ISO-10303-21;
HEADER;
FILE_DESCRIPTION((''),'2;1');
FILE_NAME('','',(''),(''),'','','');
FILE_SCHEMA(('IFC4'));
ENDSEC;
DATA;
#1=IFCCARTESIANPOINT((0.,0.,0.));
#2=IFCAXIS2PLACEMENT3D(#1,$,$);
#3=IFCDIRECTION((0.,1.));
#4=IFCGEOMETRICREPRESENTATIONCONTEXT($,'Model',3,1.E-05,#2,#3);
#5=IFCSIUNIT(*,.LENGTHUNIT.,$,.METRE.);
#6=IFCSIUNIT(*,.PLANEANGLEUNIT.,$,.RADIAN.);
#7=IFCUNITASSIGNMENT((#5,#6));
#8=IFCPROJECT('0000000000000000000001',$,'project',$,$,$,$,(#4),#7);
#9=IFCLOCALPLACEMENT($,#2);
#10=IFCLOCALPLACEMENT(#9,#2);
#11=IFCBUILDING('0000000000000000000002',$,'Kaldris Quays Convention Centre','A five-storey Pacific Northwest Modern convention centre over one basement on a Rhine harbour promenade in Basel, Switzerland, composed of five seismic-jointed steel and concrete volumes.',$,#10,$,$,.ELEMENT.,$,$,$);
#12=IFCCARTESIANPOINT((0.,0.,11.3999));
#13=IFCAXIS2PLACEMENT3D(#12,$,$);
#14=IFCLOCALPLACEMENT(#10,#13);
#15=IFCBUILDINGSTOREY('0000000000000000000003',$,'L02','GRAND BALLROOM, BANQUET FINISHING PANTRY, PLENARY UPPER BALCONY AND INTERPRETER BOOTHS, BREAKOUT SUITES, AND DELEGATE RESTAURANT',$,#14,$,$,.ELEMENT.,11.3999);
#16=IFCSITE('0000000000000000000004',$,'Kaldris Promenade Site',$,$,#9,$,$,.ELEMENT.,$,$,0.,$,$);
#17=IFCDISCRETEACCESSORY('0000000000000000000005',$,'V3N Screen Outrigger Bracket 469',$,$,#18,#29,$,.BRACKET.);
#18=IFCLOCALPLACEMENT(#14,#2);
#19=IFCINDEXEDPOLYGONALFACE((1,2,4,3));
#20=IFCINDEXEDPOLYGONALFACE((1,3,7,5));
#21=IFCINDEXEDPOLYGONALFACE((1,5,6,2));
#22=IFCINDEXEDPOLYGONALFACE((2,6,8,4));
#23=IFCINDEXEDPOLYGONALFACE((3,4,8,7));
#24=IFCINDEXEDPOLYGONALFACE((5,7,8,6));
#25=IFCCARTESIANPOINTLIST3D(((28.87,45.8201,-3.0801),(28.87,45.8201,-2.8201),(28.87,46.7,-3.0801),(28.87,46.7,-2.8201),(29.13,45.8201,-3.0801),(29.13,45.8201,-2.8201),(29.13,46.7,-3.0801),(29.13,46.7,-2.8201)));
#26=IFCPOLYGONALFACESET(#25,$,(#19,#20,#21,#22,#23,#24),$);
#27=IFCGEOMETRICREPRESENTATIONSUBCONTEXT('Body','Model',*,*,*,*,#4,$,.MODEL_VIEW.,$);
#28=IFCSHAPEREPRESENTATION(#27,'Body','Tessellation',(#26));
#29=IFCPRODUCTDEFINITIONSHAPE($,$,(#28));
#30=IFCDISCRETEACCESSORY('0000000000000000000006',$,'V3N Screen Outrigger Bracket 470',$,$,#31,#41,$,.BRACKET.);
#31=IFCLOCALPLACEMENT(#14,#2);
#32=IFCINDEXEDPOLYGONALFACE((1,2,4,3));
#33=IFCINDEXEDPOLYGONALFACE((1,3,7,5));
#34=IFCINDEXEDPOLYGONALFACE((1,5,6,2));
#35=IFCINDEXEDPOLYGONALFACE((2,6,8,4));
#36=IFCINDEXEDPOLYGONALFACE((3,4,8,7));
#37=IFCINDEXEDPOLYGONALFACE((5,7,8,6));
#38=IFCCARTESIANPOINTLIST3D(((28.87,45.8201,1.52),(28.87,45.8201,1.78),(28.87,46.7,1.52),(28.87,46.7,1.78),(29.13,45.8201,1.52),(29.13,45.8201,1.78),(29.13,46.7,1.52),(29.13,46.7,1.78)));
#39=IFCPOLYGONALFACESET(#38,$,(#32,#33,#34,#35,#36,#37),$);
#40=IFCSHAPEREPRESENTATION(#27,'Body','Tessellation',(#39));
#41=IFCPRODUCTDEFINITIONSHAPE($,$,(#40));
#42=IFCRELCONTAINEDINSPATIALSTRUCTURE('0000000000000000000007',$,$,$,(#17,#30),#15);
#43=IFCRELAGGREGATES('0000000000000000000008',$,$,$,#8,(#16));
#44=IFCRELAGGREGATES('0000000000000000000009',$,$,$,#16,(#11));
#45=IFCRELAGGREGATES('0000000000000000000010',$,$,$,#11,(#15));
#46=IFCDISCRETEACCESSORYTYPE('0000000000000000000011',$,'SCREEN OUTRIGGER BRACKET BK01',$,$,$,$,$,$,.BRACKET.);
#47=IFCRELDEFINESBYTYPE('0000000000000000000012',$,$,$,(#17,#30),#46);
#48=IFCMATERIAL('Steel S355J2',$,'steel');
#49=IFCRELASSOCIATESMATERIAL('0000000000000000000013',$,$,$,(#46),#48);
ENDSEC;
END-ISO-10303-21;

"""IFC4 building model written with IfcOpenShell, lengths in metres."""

from ifc_helpers import new_model, si_unit, direction, frame, origin, origin_2d, place, context, subcontext, project, spatial, rectangle, extrude, material, type_object, element, save


model = new_model("IFC4")

# Units and contexts
model_context = context("Model", 3, precision=1e-05, world=origin(), true_north=direction((0.0, 1.0)))
body_context = subcontext(model_context, "Body", "Model", "MODEL_VIEW")
ifc_project = project(units=[si_unit("LENGTHUNIT", "METRE"), si_unit("PLANEANGLEUNIT", "RADIAN")], contexts=[model_context])

# Site, building, storey
site_placement = place(None, origin())
site = spatial("IfcSite", under=ifc_project, at=site_placement, Name="Kaldris Promenade Site", CompositionType="ELEMENT", RefElevation=0.0)
building_placement = place(site_placement, origin())
building = spatial("IfcBuilding", under=site, at=building_placement, Name="Kaldris Quays Convention Centre", Description="A five-storey Pacific Northwest Modern convention centre over one basement on a Rhine harbour promenade in Basel, Switzerland, composed of five seismic-jointed steel and concrete volumes.", CompositionType="ELEMENT")
storey_placement = place(building_placement, frame((0.0, 0.0, 11.3999)))
storey = spatial("IfcBuildingStorey", under=building, at=storey_placement, Name="L02", Description="GRAND BALLROOM, BANQUET FINISHING PANTRY, PLENARY UPPER BALCONY AND INTERPRETER BOOTHS, BREAKOUT SUITES, AND DELEGATE RESTAURANT", CompositionType="ELEMENT", Elevation=11.3999)

# Shared definitions
ifc_material_1 = material(Name="Steel S355J2", Category="steel")

# Discrete accessories
discrete_accessory_type = type_object("IfcDiscreteAccessoryType", Name="SCREEN OUTRIGGER BRACKET BK01", PredefinedType="BRACKET", material=ifc_material_1)
for number, where, z_axis, x_axis, name in (
    (1, (29.0, 46.26, -3.0801), (0.0, 0.0, 1.0), (1.0, 0.0, 0.0), "V3N Screen Outrigger Bracket 469"),
    (2, (29.0, 46.26, 1.52), (0.0, 0.0, 1.0), (1.0, 0.0, 0.0), "V3N Screen Outrigger Bracket 470"),
):
    element("IfcDiscreteAccessory", number, at=place(storey_placement, frame(where, z_axis=z_axis, x_axis=x_axis)), inside=storey, type_object=discrete_accessory_type, Name=name, PredefinedType="BRACKET", context=body_context, shape_type="SweptSolid", body=[
        extrude(rectangle(XDim=0.26, YDim=0.8799, at=origin_2d()), origin(), (0.0, 0.0, 1.0), 0.26),
    ])

save(model, "model.ifc")
